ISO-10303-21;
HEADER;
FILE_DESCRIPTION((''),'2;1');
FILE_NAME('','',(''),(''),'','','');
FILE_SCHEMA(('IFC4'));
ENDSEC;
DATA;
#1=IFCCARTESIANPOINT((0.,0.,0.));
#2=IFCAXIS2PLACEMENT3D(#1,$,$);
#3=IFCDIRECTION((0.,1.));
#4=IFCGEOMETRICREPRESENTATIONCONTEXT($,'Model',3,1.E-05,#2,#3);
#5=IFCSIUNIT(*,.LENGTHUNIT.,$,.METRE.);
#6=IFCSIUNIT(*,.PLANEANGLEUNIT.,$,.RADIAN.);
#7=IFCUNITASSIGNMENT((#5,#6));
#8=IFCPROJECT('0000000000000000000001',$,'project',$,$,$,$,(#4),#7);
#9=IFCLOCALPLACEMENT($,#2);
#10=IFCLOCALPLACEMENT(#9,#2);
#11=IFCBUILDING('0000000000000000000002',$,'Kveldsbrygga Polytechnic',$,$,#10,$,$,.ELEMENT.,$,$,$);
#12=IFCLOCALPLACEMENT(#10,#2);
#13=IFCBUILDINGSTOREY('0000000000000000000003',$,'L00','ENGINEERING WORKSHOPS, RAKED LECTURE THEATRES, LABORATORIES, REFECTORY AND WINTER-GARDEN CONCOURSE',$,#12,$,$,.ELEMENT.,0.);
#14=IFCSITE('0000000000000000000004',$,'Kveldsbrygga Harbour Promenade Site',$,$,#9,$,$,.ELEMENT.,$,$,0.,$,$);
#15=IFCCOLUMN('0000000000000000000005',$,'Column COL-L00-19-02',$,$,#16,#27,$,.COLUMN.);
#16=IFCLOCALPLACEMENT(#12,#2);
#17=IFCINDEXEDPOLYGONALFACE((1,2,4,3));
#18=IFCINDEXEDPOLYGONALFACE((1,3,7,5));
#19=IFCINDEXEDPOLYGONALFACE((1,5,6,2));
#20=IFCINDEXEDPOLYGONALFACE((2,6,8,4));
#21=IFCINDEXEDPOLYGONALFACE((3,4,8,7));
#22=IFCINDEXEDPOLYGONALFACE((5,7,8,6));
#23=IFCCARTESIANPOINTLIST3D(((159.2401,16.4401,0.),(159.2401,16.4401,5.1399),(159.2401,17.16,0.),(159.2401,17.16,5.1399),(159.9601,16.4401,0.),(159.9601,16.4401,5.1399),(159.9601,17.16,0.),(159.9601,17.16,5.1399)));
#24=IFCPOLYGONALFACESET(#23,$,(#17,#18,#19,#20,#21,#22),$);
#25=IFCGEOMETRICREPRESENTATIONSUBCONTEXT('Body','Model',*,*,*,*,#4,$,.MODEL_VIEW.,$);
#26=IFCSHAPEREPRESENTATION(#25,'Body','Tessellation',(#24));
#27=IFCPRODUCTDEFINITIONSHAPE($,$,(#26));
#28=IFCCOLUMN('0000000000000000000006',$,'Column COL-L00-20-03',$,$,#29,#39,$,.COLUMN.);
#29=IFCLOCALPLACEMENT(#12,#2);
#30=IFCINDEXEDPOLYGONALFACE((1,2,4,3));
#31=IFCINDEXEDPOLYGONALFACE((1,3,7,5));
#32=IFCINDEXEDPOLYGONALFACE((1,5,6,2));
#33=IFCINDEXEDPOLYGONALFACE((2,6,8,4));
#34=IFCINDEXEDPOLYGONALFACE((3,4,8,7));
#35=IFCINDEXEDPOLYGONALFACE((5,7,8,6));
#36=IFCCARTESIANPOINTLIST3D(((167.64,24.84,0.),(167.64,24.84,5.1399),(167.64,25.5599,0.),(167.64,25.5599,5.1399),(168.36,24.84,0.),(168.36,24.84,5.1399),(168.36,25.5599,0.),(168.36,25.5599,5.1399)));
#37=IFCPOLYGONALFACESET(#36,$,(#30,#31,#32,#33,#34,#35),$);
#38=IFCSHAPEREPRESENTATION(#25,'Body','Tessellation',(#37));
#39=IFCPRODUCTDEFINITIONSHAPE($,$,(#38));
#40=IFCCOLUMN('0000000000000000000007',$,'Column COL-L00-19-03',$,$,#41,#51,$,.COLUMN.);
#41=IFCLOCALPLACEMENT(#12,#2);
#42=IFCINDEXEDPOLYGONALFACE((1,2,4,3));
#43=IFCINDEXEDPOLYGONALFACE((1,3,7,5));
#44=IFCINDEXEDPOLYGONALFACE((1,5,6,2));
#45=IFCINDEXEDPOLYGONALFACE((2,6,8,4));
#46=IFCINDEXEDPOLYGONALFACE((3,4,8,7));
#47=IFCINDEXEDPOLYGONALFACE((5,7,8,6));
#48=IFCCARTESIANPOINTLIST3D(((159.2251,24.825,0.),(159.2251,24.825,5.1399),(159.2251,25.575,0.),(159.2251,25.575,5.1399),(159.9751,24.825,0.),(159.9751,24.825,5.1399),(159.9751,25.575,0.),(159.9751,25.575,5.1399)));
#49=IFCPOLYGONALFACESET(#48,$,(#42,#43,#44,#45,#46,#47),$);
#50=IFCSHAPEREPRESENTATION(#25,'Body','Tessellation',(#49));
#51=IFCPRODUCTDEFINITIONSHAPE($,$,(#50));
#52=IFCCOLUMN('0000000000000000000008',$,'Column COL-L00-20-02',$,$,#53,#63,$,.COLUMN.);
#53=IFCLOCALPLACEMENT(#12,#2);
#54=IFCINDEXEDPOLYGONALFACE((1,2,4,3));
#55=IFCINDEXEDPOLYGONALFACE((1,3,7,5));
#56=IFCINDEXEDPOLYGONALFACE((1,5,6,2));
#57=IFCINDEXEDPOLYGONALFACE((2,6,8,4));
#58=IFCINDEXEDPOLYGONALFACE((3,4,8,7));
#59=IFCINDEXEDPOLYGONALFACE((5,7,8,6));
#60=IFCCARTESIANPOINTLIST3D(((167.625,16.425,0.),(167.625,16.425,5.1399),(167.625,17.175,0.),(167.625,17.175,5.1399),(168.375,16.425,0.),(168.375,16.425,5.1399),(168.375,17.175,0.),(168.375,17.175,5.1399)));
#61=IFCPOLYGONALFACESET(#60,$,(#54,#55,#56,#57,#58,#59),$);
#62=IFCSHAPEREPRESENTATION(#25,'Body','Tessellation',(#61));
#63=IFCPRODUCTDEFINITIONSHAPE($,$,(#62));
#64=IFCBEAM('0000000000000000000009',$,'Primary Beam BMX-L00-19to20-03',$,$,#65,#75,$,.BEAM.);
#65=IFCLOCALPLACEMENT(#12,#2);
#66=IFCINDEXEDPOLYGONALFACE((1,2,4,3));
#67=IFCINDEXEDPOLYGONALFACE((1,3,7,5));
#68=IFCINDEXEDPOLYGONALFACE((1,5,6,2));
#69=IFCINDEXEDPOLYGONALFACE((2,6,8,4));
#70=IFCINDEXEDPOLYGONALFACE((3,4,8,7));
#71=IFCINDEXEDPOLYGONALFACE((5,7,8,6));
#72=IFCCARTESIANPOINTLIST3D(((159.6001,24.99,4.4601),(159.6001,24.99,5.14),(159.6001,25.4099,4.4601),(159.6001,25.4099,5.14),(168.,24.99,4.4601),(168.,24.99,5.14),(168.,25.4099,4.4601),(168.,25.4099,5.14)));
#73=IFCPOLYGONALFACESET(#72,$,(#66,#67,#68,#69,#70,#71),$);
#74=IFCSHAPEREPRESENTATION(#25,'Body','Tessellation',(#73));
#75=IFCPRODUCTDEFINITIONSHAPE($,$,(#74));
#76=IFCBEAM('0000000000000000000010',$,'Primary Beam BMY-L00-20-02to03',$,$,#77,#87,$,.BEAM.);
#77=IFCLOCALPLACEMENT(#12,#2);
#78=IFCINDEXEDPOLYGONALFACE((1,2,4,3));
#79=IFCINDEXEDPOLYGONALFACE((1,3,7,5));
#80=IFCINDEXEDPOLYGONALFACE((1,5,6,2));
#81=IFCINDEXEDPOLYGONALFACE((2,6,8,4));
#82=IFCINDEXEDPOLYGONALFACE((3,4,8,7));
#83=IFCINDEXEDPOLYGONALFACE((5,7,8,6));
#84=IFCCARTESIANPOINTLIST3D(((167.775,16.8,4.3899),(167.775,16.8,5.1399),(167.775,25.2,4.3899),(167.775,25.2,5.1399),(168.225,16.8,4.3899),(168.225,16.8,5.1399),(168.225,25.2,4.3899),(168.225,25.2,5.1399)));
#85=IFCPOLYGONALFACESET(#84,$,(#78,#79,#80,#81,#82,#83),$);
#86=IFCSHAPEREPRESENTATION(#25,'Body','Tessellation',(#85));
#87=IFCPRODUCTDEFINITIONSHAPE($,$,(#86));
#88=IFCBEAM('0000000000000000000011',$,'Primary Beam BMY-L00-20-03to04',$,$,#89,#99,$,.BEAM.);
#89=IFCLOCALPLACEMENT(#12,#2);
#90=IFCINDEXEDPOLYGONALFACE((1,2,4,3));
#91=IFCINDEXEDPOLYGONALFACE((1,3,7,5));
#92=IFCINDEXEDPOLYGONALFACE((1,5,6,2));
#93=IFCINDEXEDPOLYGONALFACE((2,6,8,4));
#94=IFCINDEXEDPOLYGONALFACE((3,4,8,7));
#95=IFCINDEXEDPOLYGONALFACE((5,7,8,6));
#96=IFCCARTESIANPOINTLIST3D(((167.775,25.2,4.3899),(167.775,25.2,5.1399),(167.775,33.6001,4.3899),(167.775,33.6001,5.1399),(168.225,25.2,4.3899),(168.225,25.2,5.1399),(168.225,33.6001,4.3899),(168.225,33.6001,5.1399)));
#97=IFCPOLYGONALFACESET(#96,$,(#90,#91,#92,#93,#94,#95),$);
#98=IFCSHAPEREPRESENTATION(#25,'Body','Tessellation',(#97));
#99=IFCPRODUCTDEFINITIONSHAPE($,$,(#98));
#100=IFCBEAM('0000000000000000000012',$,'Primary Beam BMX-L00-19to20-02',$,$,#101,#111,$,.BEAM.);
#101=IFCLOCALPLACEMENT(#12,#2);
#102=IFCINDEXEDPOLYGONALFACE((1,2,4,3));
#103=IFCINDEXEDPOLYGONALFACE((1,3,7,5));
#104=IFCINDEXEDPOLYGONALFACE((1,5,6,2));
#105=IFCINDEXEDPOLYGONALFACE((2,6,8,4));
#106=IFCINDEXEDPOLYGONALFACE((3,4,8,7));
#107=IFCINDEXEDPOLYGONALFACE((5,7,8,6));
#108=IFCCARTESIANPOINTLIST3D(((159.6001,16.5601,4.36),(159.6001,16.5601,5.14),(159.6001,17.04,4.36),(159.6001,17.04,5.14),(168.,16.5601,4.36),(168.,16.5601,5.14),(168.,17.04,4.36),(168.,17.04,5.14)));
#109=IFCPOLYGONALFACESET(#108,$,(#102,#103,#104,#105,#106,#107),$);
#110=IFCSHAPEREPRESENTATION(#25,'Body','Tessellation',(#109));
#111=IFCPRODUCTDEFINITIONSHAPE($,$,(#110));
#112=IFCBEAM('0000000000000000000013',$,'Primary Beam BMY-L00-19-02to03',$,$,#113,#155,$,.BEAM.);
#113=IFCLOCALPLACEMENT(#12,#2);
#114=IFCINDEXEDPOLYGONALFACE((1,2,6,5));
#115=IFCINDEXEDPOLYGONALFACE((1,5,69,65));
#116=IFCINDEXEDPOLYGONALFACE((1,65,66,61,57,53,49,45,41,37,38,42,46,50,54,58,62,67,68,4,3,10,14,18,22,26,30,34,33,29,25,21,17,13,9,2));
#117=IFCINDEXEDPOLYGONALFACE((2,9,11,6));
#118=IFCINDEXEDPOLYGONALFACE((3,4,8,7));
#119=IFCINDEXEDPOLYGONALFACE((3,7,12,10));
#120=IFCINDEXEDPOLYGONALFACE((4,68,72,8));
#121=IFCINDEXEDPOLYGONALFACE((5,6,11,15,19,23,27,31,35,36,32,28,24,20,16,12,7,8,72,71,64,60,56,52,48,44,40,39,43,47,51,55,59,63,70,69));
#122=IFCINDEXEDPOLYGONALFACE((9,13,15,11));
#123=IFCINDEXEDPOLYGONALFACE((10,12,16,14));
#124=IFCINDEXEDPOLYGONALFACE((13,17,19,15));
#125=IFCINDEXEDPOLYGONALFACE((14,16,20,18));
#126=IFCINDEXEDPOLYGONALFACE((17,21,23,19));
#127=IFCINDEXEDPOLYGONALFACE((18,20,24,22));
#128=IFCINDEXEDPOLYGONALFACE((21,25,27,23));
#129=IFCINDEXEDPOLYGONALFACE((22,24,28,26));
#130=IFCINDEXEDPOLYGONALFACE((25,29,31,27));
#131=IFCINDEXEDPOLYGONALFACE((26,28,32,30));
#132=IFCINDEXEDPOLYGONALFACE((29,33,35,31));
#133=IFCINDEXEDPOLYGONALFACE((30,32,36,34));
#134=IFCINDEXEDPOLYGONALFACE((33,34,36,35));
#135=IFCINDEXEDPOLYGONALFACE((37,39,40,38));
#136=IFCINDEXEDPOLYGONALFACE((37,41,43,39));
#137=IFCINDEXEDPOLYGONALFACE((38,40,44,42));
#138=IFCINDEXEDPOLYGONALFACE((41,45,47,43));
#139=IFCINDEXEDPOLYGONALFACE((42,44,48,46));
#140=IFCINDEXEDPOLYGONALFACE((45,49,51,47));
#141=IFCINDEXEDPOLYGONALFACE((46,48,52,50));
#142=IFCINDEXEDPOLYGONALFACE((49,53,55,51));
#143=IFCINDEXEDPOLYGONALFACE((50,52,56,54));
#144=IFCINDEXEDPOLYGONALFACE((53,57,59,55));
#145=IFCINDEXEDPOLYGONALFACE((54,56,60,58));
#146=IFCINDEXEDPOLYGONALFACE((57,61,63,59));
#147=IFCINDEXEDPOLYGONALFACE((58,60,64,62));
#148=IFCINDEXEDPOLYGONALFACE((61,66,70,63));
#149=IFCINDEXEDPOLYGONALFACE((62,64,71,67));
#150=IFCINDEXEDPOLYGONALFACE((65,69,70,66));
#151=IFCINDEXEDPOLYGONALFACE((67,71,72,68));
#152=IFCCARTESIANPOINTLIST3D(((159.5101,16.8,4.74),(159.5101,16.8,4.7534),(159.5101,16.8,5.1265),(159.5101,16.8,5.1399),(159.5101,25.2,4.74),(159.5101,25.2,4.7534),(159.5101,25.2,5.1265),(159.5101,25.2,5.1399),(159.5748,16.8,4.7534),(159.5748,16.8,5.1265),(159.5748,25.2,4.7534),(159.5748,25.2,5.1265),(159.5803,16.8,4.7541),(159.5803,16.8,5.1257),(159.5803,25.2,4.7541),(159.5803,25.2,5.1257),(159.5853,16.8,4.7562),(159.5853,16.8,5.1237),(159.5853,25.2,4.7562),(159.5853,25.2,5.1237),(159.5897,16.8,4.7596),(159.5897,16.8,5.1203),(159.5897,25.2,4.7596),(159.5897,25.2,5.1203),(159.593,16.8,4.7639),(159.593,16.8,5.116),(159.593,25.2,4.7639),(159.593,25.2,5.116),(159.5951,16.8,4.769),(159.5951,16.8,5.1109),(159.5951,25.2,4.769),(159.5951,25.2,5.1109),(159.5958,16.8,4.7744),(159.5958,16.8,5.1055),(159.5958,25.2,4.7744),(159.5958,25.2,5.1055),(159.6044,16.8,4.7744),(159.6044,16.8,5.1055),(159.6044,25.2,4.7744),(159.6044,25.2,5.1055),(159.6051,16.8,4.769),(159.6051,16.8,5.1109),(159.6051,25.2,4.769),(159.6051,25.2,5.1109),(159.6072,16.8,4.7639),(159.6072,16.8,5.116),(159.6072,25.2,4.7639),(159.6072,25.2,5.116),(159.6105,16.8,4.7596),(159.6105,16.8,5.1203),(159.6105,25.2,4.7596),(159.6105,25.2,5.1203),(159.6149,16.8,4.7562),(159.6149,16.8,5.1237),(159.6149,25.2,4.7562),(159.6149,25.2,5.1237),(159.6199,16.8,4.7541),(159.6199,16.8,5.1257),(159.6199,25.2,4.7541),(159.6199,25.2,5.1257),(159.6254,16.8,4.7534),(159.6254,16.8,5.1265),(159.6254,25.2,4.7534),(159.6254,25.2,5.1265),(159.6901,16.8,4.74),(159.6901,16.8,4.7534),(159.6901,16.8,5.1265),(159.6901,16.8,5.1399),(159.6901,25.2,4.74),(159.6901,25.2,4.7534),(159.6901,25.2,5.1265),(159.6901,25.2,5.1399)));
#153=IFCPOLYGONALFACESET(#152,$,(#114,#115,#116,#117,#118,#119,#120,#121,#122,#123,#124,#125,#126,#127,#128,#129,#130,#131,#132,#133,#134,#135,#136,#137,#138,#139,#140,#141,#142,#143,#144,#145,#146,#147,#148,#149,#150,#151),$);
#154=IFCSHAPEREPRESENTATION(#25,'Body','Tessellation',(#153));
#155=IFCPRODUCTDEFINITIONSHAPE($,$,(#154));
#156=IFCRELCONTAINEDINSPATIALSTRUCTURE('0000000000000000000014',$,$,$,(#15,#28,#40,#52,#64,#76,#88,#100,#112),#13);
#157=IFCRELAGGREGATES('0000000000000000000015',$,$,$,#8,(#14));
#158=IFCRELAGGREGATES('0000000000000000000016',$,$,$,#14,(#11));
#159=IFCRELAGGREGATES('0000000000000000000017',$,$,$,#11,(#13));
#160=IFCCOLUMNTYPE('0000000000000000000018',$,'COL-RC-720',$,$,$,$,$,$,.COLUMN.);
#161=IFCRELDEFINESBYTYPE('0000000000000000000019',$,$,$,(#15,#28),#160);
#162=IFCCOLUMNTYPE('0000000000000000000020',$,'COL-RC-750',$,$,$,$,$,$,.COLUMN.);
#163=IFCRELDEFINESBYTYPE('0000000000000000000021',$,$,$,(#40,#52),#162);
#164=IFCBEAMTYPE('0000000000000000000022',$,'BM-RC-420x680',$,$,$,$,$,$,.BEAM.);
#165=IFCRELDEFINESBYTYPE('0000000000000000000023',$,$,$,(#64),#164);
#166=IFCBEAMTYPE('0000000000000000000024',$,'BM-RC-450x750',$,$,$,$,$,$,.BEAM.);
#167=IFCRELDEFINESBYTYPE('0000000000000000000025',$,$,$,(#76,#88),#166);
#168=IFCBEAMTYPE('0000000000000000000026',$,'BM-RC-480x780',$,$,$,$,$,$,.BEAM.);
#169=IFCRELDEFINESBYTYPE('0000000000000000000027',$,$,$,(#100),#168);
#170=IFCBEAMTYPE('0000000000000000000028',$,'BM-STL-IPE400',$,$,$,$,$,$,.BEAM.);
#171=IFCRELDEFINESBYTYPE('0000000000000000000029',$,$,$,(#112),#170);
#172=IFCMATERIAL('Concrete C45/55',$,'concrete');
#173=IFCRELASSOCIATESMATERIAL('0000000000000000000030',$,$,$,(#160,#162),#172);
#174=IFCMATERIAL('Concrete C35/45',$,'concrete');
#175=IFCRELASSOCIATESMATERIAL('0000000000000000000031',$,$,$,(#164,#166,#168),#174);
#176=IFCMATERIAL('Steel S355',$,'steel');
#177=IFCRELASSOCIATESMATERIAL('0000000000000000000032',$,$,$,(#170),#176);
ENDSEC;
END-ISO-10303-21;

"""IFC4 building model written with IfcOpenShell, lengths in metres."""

from ifc_helpers import new_model, si_unit, direction, frame, origin, origin_2d, place, context, subcontext, project, spatial, rectangle, i_section, extrude, material, material_profile, profile_set, type_object, element, save


model = new_model("IFC4")

# Units and contexts
model_context = context("Model", 3, precision=1e-05, world=origin(), true_north=direction((0.0, 1.0)))
body_context = subcontext(model_context, "Body", "Model", "MODEL_VIEW")
ifc_project = project(units=[si_unit("LENGTHUNIT", "METRE"), si_unit("PLANEANGLEUNIT", "RADIAN")], contexts=[model_context])

# Site, building, storey
site_placement = place(None, origin())
site = spatial("IfcSite", under=ifc_project, at=site_placement, Name="Kveldsbrygga Harbour Promenade Site", CompositionType="ELEMENT", RefElevation=0.0)
building_placement = place(site_placement, origin())
building = spatial("IfcBuilding", under=site, at=building_placement, Name="Kveldsbrygga Polytechnic", CompositionType="ELEMENT")
storey_placement = place(building_placement, origin())
storey = spatial("IfcBuildingStorey", under=building, at=storey_placement, Name="L00", Description="ENGINEERING WORKSHOPS, RAKED LECTURE THEATRES, LABORATORIES, REFECTORY AND WINTER-GARDEN CONCOURSE", CompositionType="ELEMENT", Elevation=0.0)

# Columns
ifc_material_1 = material(Name="Concrete C45/55", Category="concrete")
ifc_material_profile_1 = material_profile(ifc_material_1, rectangle(XDim=0.72, YDim=0.72, at=origin_2d()), Name="RC 720x720")
ifc_profile_set_1 = profile_set([ifc_material_profile_1], Name="Concrete C45/55")
column_type_1 = type_object("IfcColumnType", Name="COL-RC-720", PredefinedType="COLUMN", material=ifc_profile_set_1)
for number, where, z_axis, x_axis, name in (
    (1, (159.6001, 16.8, 0.0), (0.0, 0.0, 1.0), (1.0, 0.0, 0.0), "Column COL-L00-19-02"),
    (2, (168.0, 25.2, 0.0), (0.0, 0.0, 1.0), (1.0, 0.0, 0.0), "Column COL-L00-20-03"),
):
    element("IfcColumn", number, at=place(storey_placement, frame(where, z_axis=z_axis, x_axis=x_axis)), inside=storey, type_object=column_type_1, Name=name, PredefinedType="COLUMN", context=body_context, shape_type="SweptSolid", body=[
        extrude(rectangle(XDim=0.72, YDim=0.72, at=origin_2d()), origin(), (0.0, 0.0, 1.0), 5.1399),
    ])
ifc_material_profile_2 = material_profile(ifc_material_1, rectangle(XDim=0.75, YDim=0.75, at=origin_2d()), Name="RC 750x750")
ifc_profile_set_2 = profile_set([ifc_material_profile_2], Name="Concrete C45/55")
column_type_2 = type_object("IfcColumnType", Name="COL-RC-750", PredefinedType="COLUMN", material=ifc_profile_set_2)
for number, where, z_axis, x_axis, name in (
    (3, (159.6001, 25.2, 0.0), (0.0, 0.0, 1.0), (1.0, 0.0, 0.0), "Column COL-L00-19-03"),
    (4, (168.0, 16.8, 0.0), (0.0, 0.0, 1.0), (1.0, 0.0, 0.0), "Column COL-L00-20-02"),
):
    element("IfcColumn", number, at=place(storey_placement, frame(where, z_axis=z_axis, x_axis=x_axis)), inside=storey, type_object=column_type_2, Name=name, PredefinedType="COLUMN", context=body_context, shape_type="SweptSolid", body=[
        extrude(rectangle(XDim=0.75, YDim=0.75, at=origin_2d()), origin(), (0.0, 0.0, 1.0), 5.1399),
    ])

# Beams
ifc_material_2 = material(Name="Concrete C35/45", Category="concrete")
ifc_material_profile_3 = material_profile(ifc_material_2, rectangle(XDim=0.4199, YDim=0.6799, at=origin_2d()), Name="RC 420x680")
ifc_profile_set_3 = profile_set([ifc_material_profile_3], Name="Concrete C35/45")
beam_type_1 = type_object("IfcBeamType", Name="BM-RC-420x680", PredefinedType="BEAM", material=ifc_profile_set_3)
beam_1_placement = place(storey_placement, frame((159.6001, 25.2, 4.8), z_axis=(1.0, 0.0, 0.0), x_axis=(0.0, 1.0, 0.0)))
element("IfcBeam", 5, at=beam_1_placement, inside=storey, type_object=beam_type_1, Name="Primary Beam BMX-L00-19to20-03", PredefinedType="BEAM", context=body_context, shape_type="SweptSolid", body=[
    extrude(rectangle(XDim=0.4199, YDim=0.6799, at=origin_2d()), origin(), (0.0, 0.0, 1.0), 8.3999),
])
ifc_material_profile_4 = material_profile(ifc_material_2, rectangle(XDim=0.45, YDim=0.75, at=origin_2d()), Name="RC 450x750")
ifc_profile_set_4 = profile_set([ifc_material_profile_4], Name="Concrete C35/45")
beam_type_2 = type_object("IfcBeamType", Name="BM-RC-450x750", PredefinedType="BEAM", material=ifc_profile_set_4)
beam_2_placement = place(storey_placement, frame((168.0, 16.8, 4.7649), z_axis=(0.0, 1.0, 0.0), x_axis=(-1.0, 0.0, 0.0)))
element("IfcBeam", 6, at=beam_2_placement, inside=storey, type_object=beam_type_2, Name="Primary Beam BMY-L00-20-02to03", PredefinedType="BEAM", context=body_context, shape_type="SweptSolid", body=[
    extrude(rectangle(XDim=0.45, YDim=0.75, at=origin_2d()), origin(), (0.0, 0.0, 1.0), 8.3999),
])
beam_3_placement = place(storey_placement, frame((168.0, 25.2, 4.7649), z_axis=(0.0, 1.0, 0.0), x_axis=(-1.0, 0.0, 0.0)))
element("IfcBeam", 7, at=beam_3_placement, inside=storey, type_object=beam_type_2, Name="Primary Beam BMY-L00-20-03to04", PredefinedType="BEAM", context=body_context, shape_type="SweptSolid", body=[
    extrude(rectangle(XDim=0.45, YDim=0.75, at=origin_2d()), origin(), (0.0, 0.0, 1.0), 8.4001),
])
ifc_material_profile_5 = material_profile(ifc_material_2, rectangle(XDim=0.48, YDim=0.78, at=origin_2d()), Name="RC 480x780")
ifc_profile_set_5 = profile_set([ifc_material_profile_5], Name="Concrete C35/45")
beam_type_3 = type_object("IfcBeamType", Name="BM-RC-480x780", PredefinedType="BEAM", material=ifc_profile_set_5)
beam_4_placement = place(storey_placement, frame((159.6001, 16.8, 4.75), z_axis=(1.0, 0.0, 0.0), x_axis=(0.0, 1.0, 0.0)))
element("IfcBeam", 8, at=beam_4_placement, inside=storey, type_object=beam_type_3, Name="Primary Beam BMX-L00-19to20-02", PredefinedType="BEAM", context=body_context, shape_type="SweptSolid", body=[
    extrude(rectangle(XDim=0.48, YDim=0.78, at=origin_2d()), origin(), (0.0, 0.0, 1.0), 8.3999),
])
ifc_material_3 = material(Name="Steel S355", Category="steel")
ifc_material_profile_6 = material_profile(ifc_material_3, i_section(OverallWidth=0.1799, OverallDepth=0.3999, WebThickness=0.0085, FlangeThickness=0.0134, FilletRadius=0.021, at=origin_2d()), Name="IPE 400")
ifc_profile_set_6 = profile_set([ifc_material_profile_6], Name="Steel S355")
beam_type_4 = type_object("IfcBeamType", Name="BM-STL-IPE400", PredefinedType="BEAM", material=ifc_profile_set_6)
beam_5_placement = place(storey_placement, frame((159.6001, 16.8, 4.9399), z_axis=(0.0, 1.0, 0.0), x_axis=(-1.0, 0.0, 0.0)))
element("IfcBeam", 9, at=beam_5_placement, inside=storey, type_object=beam_type_4, Name="Primary Beam BMY-L00-19-02to03", PredefinedType="BEAM", context=body_context, shape_type="SweptSolid", body=[
    extrude(i_section(OverallWidth=0.1799, OverallDepth=0.3999, WebThickness=0.0085, FlangeThickness=0.0134, FilletRadius=0.021, at=origin_2d()), origin(), (0.0, 0.0, 1.0), 8.3999),
])

save(model, "model.ifc")
